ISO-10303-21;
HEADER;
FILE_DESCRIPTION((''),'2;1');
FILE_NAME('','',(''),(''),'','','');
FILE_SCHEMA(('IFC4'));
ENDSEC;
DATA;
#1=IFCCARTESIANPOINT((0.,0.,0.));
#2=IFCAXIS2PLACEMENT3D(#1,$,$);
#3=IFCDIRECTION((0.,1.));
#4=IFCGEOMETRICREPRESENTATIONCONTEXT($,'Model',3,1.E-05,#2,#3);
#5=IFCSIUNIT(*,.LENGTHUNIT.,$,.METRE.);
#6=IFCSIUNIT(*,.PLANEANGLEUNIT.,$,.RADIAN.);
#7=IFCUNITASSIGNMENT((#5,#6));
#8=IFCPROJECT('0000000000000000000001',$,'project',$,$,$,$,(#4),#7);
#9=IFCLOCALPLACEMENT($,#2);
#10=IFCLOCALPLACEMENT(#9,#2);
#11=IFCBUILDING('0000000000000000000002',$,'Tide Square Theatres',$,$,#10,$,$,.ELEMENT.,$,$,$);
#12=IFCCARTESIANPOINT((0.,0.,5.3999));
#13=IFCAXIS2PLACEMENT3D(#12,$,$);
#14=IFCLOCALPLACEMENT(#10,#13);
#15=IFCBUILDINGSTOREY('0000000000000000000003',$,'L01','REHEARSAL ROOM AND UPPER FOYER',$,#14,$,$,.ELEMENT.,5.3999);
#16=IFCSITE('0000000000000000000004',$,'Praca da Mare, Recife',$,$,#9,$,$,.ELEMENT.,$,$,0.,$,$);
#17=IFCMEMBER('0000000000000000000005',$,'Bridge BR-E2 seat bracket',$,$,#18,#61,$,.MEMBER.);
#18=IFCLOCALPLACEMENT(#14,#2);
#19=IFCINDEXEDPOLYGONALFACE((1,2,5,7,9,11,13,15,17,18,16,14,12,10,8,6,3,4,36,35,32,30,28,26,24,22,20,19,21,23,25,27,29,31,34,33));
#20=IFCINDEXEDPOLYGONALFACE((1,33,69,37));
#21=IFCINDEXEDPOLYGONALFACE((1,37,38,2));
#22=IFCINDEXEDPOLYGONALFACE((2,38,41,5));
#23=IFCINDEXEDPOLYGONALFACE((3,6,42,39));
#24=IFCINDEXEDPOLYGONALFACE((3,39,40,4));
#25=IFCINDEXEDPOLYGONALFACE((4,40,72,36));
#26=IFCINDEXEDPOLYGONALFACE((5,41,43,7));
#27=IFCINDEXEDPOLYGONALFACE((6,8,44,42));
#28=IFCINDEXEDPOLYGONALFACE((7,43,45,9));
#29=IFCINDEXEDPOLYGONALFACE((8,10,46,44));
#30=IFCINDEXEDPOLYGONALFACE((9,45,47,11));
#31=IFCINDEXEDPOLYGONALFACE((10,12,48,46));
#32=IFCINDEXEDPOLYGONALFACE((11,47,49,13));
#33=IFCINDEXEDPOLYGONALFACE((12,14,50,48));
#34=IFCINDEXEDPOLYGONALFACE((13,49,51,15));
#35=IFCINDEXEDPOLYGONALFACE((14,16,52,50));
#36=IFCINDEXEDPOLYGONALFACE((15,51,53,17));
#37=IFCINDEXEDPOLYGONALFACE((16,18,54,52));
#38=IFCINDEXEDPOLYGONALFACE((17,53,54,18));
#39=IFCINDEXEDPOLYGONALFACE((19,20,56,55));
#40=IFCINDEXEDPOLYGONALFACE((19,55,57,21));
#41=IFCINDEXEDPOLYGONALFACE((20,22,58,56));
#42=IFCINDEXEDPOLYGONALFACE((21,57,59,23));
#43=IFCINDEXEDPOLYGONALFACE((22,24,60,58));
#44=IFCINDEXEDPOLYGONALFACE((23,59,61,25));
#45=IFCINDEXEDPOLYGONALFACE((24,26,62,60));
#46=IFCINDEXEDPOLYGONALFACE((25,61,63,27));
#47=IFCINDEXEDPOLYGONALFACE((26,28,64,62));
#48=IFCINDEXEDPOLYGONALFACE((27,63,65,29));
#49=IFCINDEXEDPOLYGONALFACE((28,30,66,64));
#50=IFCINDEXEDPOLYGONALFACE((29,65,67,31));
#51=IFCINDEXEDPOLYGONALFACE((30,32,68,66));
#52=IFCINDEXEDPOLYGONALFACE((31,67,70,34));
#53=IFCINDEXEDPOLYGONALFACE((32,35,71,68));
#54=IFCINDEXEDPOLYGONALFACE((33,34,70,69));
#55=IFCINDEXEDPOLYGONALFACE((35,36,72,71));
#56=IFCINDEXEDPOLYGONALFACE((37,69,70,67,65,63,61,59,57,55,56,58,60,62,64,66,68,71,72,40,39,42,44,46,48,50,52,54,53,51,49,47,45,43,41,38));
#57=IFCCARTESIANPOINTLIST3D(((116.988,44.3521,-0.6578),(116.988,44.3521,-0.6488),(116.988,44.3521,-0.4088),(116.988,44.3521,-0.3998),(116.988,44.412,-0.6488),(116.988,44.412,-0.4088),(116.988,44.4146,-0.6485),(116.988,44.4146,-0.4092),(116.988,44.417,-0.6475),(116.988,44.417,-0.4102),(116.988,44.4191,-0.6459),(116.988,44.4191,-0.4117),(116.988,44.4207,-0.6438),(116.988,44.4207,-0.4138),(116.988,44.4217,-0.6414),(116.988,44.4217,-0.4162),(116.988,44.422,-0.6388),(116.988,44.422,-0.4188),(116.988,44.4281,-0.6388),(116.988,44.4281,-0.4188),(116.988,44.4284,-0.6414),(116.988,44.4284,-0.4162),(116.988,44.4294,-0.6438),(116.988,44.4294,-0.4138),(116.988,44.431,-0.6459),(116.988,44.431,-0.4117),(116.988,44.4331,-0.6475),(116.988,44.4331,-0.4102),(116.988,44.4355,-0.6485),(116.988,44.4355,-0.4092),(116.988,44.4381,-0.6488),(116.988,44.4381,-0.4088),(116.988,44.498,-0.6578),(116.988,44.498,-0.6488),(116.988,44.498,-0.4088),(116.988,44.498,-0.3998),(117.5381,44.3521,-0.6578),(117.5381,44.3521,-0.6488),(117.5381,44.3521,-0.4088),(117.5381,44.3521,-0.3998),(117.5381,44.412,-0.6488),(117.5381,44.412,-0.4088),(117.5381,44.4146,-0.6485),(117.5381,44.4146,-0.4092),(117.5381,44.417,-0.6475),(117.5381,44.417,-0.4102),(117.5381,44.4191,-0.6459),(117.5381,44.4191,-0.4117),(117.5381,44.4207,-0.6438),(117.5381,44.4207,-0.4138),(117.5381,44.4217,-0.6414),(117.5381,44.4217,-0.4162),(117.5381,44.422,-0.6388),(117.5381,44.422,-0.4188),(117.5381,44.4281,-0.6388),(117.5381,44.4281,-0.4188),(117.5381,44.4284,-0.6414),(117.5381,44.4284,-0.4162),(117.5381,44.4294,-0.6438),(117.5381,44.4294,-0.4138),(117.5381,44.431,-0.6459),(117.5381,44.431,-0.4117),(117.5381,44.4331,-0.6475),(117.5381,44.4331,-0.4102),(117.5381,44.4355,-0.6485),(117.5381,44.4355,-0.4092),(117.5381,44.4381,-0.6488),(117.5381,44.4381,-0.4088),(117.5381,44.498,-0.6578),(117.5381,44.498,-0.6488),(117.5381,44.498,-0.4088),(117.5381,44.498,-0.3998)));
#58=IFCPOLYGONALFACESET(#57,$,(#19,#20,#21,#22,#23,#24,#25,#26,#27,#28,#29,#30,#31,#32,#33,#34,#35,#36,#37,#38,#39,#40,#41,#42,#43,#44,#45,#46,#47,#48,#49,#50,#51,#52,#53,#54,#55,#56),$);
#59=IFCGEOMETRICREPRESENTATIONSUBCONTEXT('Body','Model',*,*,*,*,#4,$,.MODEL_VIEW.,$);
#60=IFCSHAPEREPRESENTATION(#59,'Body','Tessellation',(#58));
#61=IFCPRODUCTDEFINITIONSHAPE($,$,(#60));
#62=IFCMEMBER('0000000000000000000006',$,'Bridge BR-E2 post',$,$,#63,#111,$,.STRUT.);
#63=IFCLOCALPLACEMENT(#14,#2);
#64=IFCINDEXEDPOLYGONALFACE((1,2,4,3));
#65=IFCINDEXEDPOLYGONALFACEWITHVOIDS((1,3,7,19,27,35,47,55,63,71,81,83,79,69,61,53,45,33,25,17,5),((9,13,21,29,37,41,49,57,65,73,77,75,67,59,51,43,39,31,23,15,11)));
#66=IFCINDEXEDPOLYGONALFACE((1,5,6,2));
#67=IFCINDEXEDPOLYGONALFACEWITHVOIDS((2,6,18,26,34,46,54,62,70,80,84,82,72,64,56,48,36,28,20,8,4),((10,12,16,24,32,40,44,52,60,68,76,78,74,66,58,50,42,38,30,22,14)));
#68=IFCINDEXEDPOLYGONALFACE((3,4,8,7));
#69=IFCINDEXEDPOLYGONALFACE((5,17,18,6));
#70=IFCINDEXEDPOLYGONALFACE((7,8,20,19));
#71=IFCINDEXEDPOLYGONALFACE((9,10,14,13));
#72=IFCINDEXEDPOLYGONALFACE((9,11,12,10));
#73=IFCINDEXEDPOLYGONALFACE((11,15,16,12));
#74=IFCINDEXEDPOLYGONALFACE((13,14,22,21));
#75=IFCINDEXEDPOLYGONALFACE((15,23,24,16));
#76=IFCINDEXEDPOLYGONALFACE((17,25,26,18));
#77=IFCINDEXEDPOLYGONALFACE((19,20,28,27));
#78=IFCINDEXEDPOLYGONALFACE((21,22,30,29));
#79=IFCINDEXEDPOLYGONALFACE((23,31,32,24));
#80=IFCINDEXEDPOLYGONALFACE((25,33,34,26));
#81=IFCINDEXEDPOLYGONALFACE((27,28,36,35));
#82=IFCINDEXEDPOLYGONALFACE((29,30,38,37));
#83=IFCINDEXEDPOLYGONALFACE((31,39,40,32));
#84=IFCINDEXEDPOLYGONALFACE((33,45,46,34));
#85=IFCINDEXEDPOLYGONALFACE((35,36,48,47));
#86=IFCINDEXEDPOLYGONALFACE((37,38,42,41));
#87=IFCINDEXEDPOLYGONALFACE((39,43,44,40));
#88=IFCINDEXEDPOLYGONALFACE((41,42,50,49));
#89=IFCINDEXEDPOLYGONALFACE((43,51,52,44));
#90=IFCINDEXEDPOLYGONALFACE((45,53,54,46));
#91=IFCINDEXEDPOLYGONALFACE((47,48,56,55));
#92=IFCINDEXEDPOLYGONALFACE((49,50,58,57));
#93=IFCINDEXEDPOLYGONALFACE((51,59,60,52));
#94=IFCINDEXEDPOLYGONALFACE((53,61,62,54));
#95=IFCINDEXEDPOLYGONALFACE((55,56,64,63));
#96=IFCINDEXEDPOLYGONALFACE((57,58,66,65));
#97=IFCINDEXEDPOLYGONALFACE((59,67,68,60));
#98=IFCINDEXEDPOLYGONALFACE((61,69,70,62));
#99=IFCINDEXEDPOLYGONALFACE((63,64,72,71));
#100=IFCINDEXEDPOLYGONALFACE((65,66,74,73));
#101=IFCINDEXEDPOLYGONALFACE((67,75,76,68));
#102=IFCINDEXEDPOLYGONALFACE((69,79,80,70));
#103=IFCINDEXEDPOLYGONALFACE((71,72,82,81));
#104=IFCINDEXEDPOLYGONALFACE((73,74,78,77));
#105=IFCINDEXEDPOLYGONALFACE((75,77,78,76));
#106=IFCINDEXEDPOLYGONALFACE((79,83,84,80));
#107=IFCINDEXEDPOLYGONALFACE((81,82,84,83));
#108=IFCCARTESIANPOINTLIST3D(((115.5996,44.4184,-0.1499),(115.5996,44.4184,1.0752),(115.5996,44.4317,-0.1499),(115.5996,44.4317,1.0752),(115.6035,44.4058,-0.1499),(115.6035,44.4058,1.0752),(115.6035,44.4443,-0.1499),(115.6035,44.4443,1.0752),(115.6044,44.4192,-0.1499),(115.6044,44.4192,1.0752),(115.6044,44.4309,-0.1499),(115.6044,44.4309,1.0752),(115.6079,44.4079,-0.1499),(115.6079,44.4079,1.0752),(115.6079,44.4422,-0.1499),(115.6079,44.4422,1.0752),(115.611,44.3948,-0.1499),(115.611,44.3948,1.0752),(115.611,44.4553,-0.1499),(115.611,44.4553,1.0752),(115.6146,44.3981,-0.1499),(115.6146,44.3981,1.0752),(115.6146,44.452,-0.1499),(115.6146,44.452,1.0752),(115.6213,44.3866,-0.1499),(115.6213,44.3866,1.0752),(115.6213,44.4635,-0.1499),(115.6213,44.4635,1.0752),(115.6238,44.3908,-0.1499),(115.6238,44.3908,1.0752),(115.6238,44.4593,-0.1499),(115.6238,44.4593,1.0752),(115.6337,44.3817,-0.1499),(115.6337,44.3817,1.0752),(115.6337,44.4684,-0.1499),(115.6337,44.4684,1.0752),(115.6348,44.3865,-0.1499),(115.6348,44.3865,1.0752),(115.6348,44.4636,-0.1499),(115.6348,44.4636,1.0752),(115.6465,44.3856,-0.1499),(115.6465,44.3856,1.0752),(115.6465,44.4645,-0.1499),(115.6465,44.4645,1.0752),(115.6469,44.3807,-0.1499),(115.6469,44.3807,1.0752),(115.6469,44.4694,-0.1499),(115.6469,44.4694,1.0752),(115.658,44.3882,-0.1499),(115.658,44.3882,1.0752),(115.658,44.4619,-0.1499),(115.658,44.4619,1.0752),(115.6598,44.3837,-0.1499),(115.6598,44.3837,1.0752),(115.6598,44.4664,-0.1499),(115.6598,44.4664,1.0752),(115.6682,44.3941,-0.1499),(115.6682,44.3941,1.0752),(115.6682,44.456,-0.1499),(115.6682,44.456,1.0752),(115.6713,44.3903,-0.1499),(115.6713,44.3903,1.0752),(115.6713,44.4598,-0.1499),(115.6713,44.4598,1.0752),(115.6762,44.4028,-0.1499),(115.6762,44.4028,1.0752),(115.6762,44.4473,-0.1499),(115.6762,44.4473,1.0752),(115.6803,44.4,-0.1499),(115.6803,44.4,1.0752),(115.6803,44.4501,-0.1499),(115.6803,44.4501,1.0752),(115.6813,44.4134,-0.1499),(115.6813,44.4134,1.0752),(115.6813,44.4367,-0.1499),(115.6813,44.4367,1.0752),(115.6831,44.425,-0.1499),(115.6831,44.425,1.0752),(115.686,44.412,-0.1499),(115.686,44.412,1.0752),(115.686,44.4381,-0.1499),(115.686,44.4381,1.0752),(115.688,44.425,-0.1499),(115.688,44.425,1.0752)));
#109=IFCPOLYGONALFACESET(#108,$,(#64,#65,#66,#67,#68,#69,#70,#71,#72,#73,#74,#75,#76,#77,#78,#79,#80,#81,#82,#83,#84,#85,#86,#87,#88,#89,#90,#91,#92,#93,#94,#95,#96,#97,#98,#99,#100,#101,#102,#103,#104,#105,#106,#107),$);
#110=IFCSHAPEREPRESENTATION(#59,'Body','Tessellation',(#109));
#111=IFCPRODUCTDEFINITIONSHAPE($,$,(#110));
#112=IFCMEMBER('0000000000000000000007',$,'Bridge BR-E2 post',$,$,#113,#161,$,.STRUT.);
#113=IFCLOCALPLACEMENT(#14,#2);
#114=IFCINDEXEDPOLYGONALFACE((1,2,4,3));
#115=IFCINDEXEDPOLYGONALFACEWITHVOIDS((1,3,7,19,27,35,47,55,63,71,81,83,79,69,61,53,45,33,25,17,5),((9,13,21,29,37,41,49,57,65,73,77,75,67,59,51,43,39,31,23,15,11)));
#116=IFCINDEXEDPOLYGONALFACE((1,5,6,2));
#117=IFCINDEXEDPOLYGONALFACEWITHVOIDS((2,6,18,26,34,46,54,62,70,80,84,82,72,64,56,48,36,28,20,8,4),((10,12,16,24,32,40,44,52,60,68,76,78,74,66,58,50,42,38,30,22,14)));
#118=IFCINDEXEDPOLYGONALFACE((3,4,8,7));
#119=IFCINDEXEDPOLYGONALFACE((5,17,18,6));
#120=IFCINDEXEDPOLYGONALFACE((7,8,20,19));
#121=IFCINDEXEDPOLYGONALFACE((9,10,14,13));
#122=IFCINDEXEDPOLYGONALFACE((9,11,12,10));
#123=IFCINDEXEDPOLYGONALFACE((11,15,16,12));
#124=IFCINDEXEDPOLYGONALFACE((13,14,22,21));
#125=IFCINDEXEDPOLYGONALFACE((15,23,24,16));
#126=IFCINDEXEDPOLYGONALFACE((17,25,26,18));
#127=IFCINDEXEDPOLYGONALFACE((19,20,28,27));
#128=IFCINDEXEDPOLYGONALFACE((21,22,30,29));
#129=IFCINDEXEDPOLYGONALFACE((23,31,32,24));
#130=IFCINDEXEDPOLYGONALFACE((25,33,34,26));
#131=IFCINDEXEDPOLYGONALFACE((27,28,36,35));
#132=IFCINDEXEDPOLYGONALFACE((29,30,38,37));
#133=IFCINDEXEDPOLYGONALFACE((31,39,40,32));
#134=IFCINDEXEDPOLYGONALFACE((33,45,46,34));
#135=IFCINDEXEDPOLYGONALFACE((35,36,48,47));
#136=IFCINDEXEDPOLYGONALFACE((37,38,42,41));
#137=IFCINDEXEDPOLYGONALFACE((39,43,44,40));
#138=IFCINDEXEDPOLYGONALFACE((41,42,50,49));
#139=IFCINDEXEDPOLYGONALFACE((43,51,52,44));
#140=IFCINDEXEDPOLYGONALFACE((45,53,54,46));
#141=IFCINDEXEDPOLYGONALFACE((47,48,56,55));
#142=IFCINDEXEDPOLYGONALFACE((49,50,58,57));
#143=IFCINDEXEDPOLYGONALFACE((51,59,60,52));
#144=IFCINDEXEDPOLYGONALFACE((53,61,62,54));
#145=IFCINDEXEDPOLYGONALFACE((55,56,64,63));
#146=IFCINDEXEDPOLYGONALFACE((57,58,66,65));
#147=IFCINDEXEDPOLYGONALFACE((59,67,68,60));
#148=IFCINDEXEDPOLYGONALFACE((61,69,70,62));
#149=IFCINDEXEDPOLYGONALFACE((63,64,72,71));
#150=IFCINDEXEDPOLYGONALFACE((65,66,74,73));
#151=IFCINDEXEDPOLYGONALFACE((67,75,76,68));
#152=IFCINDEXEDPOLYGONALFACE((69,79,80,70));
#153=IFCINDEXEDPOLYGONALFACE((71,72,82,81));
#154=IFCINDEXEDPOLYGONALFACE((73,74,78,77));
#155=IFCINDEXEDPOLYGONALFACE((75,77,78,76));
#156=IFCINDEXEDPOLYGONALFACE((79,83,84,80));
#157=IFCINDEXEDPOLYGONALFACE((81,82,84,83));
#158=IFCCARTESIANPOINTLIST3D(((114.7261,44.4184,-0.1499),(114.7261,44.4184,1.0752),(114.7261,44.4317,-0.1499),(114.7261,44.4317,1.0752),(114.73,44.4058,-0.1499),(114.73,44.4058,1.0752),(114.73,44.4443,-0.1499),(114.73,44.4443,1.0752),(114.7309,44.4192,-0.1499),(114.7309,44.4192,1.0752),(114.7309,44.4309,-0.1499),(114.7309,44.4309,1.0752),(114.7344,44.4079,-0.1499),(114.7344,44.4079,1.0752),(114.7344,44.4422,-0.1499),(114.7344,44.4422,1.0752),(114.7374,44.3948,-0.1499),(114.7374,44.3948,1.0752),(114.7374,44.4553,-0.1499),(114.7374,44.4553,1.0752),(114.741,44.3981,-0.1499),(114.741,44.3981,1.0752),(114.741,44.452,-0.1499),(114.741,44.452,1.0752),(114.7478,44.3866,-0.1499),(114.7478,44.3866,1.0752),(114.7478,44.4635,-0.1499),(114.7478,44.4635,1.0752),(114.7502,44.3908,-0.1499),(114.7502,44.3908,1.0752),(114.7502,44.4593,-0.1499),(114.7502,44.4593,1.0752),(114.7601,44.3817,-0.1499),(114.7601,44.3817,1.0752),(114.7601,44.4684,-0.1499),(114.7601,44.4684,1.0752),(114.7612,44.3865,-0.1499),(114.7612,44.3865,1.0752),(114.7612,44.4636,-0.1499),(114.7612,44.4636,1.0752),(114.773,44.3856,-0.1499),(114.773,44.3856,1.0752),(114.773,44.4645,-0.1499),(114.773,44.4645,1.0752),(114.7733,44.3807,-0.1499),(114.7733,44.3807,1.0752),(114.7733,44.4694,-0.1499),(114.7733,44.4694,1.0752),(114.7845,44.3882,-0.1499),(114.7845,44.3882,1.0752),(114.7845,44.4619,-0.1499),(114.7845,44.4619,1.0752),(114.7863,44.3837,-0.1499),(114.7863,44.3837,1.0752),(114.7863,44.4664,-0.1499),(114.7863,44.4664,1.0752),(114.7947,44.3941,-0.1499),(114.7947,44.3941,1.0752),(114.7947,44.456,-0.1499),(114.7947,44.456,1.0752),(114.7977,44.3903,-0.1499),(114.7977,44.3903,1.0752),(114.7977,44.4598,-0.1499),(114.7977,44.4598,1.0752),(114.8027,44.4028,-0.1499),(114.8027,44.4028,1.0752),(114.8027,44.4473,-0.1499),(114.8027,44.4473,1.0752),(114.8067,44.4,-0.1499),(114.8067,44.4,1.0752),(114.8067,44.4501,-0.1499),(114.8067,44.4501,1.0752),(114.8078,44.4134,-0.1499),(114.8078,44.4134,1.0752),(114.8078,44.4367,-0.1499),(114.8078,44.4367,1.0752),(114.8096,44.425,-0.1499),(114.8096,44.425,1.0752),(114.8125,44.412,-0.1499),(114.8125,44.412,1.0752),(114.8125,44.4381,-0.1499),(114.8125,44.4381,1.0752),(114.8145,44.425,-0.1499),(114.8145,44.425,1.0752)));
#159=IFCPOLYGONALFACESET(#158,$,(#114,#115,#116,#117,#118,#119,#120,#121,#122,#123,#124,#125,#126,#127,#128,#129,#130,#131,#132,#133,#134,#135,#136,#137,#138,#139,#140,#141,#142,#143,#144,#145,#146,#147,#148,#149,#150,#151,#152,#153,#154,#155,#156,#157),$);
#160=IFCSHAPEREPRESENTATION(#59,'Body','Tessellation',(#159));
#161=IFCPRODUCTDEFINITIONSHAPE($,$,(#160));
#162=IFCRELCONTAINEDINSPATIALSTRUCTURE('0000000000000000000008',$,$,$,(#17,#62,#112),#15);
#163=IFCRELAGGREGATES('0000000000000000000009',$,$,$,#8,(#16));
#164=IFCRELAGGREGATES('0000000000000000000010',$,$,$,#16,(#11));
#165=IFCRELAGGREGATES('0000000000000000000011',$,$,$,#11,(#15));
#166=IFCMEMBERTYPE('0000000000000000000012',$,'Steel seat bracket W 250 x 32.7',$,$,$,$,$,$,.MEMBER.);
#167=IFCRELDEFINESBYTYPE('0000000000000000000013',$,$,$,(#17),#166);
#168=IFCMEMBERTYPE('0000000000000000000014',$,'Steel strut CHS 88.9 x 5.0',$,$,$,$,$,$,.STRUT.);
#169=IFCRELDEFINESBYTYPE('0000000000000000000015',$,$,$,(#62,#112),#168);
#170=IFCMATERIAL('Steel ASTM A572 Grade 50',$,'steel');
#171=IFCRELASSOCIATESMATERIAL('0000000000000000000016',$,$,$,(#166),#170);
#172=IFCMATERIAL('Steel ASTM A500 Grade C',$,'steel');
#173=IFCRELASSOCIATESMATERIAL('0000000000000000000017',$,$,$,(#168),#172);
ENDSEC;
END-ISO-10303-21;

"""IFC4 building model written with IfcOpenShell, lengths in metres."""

from ifc_helpers import new_model, si_unit, direction, frame, origin, origin_2d, place, context, subcontext, project, spatial, hollow_circle, i_section, extrude, material, material_profile, profile_set, type_object, element, save


model = new_model("IFC4")

# Units and contexts
model_context = context("Model", 3, precision=1e-05, world=origin(), true_north=direction((0.0, 1.0)))
body_context = subcontext(model_context, "Body", "Model", "MODEL_VIEW")
ifc_project = project(units=[si_unit("LENGTHUNIT", "METRE"), si_unit("PLANEANGLEUNIT", "RADIAN")], contexts=[model_context])

# Site, building, storey
site_placement = place(None, origin())
site = spatial("IfcSite", under=ifc_project, at=site_placement, Name="Praca da Mare, Recife", CompositionType="ELEMENT", RefElevation=0.0)
building_placement = place(site_placement, origin())
building = spatial("IfcBuilding", under=site, at=building_placement, Name="Tide Square Theatres", CompositionType="ELEMENT")
storey_placement = place(building_placement, frame((0.0, 0.0, 5.3999)))
storey = spatial("IfcBuildingStorey", under=building, at=storey_placement, Name="L01", Description="REHEARSAL ROOM AND UPPER FOYER", CompositionType="ELEMENT", Elevation=5.3999)

# Members
ifc_material_1 = material(Name="Steel ASTM A572 Grade 50", Category="steel")
ifc_material_profile_1 = material_profile(ifc_material_1, i_section(OverallWidth=0.146, OverallDepth=0.2581, WebThickness=0.0061, FlangeThickness=0.009, FilletRadius=0.01, at=origin_2d()))
ifc_profile_set_1 = profile_set([ifc_material_profile_1], Name="Steel ASTM A572 Grade 50")
member_type_1 = type_object("IfcMemberType", Name="Steel seat bracket W 250 x 32.7", PredefinedType="MEMBER", material=ifc_profile_set_1)
member_1_placement = place(storey_placement, frame((117.5381, 44.425, -0.5288), z_axis=(-1.0, 0.0, 0.0), x_axis=(0.0, -1.0, 0.0)))
element("IfcMember", 1, at=member_1_placement, inside=storey, type_object=member_type_1, Name="Bridge BR-E2 seat bracket", PredefinedType="MEMBER", context=body_context, shape_type="SweptSolid", body=[
    extrude(i_section(OverallWidth=0.146, OverallDepth=0.2581, WebThickness=0.0061, FlangeThickness=0.009, FilletRadius=0.01, at=origin_2d()), origin(), (0.0, 0.0, 1.0), 0.55),
])
ifc_material_2 = material(Name="Steel ASTM A500 Grade C", Category="steel")
ifc_material_profile_2 = material_profile(ifc_material_2, hollow_circle(Radius=0.0444, WallThickness=0.0049, at=origin_2d()))
ifc_profile_set_2 = profile_set([ifc_material_profile_2], Name="Steel ASTM A500 Grade C")
member_type_2 = type_object("IfcMemberType", Name="Steel strut CHS 88.9 x 5.0", PredefinedType="STRUT", material=ifc_profile_set_2)
for number, where, z_axis, x_axis, name in (
    (2, (115.6436, 44.425, -0.1499), (0.0, 0.0, 1.0), (1.0, 0.0, 0.0), "Bridge BR-E2 post"),
    (3, (114.77, 44.425, -0.1499), (0.0, 0.0, 1.0), (1.0, 0.0, 0.0), "Bridge BR-E2 post"),
):
    element("IfcMember", number, at=place(storey_placement, frame(where, z_axis=z_axis, x_axis=x_axis)), inside=storey, type_object=member_type_2, Name=name, PredefinedType="STRUT", context=body_context, shape_type="SweptSolid", body=[
        extrude(hollow_circle(Radius=0.0444, WallThickness=0.0049, at=origin_2d()), origin(), (0.0, 0.0, 1.0), 1.2251),
    ])

save(model, "model.ifc")
